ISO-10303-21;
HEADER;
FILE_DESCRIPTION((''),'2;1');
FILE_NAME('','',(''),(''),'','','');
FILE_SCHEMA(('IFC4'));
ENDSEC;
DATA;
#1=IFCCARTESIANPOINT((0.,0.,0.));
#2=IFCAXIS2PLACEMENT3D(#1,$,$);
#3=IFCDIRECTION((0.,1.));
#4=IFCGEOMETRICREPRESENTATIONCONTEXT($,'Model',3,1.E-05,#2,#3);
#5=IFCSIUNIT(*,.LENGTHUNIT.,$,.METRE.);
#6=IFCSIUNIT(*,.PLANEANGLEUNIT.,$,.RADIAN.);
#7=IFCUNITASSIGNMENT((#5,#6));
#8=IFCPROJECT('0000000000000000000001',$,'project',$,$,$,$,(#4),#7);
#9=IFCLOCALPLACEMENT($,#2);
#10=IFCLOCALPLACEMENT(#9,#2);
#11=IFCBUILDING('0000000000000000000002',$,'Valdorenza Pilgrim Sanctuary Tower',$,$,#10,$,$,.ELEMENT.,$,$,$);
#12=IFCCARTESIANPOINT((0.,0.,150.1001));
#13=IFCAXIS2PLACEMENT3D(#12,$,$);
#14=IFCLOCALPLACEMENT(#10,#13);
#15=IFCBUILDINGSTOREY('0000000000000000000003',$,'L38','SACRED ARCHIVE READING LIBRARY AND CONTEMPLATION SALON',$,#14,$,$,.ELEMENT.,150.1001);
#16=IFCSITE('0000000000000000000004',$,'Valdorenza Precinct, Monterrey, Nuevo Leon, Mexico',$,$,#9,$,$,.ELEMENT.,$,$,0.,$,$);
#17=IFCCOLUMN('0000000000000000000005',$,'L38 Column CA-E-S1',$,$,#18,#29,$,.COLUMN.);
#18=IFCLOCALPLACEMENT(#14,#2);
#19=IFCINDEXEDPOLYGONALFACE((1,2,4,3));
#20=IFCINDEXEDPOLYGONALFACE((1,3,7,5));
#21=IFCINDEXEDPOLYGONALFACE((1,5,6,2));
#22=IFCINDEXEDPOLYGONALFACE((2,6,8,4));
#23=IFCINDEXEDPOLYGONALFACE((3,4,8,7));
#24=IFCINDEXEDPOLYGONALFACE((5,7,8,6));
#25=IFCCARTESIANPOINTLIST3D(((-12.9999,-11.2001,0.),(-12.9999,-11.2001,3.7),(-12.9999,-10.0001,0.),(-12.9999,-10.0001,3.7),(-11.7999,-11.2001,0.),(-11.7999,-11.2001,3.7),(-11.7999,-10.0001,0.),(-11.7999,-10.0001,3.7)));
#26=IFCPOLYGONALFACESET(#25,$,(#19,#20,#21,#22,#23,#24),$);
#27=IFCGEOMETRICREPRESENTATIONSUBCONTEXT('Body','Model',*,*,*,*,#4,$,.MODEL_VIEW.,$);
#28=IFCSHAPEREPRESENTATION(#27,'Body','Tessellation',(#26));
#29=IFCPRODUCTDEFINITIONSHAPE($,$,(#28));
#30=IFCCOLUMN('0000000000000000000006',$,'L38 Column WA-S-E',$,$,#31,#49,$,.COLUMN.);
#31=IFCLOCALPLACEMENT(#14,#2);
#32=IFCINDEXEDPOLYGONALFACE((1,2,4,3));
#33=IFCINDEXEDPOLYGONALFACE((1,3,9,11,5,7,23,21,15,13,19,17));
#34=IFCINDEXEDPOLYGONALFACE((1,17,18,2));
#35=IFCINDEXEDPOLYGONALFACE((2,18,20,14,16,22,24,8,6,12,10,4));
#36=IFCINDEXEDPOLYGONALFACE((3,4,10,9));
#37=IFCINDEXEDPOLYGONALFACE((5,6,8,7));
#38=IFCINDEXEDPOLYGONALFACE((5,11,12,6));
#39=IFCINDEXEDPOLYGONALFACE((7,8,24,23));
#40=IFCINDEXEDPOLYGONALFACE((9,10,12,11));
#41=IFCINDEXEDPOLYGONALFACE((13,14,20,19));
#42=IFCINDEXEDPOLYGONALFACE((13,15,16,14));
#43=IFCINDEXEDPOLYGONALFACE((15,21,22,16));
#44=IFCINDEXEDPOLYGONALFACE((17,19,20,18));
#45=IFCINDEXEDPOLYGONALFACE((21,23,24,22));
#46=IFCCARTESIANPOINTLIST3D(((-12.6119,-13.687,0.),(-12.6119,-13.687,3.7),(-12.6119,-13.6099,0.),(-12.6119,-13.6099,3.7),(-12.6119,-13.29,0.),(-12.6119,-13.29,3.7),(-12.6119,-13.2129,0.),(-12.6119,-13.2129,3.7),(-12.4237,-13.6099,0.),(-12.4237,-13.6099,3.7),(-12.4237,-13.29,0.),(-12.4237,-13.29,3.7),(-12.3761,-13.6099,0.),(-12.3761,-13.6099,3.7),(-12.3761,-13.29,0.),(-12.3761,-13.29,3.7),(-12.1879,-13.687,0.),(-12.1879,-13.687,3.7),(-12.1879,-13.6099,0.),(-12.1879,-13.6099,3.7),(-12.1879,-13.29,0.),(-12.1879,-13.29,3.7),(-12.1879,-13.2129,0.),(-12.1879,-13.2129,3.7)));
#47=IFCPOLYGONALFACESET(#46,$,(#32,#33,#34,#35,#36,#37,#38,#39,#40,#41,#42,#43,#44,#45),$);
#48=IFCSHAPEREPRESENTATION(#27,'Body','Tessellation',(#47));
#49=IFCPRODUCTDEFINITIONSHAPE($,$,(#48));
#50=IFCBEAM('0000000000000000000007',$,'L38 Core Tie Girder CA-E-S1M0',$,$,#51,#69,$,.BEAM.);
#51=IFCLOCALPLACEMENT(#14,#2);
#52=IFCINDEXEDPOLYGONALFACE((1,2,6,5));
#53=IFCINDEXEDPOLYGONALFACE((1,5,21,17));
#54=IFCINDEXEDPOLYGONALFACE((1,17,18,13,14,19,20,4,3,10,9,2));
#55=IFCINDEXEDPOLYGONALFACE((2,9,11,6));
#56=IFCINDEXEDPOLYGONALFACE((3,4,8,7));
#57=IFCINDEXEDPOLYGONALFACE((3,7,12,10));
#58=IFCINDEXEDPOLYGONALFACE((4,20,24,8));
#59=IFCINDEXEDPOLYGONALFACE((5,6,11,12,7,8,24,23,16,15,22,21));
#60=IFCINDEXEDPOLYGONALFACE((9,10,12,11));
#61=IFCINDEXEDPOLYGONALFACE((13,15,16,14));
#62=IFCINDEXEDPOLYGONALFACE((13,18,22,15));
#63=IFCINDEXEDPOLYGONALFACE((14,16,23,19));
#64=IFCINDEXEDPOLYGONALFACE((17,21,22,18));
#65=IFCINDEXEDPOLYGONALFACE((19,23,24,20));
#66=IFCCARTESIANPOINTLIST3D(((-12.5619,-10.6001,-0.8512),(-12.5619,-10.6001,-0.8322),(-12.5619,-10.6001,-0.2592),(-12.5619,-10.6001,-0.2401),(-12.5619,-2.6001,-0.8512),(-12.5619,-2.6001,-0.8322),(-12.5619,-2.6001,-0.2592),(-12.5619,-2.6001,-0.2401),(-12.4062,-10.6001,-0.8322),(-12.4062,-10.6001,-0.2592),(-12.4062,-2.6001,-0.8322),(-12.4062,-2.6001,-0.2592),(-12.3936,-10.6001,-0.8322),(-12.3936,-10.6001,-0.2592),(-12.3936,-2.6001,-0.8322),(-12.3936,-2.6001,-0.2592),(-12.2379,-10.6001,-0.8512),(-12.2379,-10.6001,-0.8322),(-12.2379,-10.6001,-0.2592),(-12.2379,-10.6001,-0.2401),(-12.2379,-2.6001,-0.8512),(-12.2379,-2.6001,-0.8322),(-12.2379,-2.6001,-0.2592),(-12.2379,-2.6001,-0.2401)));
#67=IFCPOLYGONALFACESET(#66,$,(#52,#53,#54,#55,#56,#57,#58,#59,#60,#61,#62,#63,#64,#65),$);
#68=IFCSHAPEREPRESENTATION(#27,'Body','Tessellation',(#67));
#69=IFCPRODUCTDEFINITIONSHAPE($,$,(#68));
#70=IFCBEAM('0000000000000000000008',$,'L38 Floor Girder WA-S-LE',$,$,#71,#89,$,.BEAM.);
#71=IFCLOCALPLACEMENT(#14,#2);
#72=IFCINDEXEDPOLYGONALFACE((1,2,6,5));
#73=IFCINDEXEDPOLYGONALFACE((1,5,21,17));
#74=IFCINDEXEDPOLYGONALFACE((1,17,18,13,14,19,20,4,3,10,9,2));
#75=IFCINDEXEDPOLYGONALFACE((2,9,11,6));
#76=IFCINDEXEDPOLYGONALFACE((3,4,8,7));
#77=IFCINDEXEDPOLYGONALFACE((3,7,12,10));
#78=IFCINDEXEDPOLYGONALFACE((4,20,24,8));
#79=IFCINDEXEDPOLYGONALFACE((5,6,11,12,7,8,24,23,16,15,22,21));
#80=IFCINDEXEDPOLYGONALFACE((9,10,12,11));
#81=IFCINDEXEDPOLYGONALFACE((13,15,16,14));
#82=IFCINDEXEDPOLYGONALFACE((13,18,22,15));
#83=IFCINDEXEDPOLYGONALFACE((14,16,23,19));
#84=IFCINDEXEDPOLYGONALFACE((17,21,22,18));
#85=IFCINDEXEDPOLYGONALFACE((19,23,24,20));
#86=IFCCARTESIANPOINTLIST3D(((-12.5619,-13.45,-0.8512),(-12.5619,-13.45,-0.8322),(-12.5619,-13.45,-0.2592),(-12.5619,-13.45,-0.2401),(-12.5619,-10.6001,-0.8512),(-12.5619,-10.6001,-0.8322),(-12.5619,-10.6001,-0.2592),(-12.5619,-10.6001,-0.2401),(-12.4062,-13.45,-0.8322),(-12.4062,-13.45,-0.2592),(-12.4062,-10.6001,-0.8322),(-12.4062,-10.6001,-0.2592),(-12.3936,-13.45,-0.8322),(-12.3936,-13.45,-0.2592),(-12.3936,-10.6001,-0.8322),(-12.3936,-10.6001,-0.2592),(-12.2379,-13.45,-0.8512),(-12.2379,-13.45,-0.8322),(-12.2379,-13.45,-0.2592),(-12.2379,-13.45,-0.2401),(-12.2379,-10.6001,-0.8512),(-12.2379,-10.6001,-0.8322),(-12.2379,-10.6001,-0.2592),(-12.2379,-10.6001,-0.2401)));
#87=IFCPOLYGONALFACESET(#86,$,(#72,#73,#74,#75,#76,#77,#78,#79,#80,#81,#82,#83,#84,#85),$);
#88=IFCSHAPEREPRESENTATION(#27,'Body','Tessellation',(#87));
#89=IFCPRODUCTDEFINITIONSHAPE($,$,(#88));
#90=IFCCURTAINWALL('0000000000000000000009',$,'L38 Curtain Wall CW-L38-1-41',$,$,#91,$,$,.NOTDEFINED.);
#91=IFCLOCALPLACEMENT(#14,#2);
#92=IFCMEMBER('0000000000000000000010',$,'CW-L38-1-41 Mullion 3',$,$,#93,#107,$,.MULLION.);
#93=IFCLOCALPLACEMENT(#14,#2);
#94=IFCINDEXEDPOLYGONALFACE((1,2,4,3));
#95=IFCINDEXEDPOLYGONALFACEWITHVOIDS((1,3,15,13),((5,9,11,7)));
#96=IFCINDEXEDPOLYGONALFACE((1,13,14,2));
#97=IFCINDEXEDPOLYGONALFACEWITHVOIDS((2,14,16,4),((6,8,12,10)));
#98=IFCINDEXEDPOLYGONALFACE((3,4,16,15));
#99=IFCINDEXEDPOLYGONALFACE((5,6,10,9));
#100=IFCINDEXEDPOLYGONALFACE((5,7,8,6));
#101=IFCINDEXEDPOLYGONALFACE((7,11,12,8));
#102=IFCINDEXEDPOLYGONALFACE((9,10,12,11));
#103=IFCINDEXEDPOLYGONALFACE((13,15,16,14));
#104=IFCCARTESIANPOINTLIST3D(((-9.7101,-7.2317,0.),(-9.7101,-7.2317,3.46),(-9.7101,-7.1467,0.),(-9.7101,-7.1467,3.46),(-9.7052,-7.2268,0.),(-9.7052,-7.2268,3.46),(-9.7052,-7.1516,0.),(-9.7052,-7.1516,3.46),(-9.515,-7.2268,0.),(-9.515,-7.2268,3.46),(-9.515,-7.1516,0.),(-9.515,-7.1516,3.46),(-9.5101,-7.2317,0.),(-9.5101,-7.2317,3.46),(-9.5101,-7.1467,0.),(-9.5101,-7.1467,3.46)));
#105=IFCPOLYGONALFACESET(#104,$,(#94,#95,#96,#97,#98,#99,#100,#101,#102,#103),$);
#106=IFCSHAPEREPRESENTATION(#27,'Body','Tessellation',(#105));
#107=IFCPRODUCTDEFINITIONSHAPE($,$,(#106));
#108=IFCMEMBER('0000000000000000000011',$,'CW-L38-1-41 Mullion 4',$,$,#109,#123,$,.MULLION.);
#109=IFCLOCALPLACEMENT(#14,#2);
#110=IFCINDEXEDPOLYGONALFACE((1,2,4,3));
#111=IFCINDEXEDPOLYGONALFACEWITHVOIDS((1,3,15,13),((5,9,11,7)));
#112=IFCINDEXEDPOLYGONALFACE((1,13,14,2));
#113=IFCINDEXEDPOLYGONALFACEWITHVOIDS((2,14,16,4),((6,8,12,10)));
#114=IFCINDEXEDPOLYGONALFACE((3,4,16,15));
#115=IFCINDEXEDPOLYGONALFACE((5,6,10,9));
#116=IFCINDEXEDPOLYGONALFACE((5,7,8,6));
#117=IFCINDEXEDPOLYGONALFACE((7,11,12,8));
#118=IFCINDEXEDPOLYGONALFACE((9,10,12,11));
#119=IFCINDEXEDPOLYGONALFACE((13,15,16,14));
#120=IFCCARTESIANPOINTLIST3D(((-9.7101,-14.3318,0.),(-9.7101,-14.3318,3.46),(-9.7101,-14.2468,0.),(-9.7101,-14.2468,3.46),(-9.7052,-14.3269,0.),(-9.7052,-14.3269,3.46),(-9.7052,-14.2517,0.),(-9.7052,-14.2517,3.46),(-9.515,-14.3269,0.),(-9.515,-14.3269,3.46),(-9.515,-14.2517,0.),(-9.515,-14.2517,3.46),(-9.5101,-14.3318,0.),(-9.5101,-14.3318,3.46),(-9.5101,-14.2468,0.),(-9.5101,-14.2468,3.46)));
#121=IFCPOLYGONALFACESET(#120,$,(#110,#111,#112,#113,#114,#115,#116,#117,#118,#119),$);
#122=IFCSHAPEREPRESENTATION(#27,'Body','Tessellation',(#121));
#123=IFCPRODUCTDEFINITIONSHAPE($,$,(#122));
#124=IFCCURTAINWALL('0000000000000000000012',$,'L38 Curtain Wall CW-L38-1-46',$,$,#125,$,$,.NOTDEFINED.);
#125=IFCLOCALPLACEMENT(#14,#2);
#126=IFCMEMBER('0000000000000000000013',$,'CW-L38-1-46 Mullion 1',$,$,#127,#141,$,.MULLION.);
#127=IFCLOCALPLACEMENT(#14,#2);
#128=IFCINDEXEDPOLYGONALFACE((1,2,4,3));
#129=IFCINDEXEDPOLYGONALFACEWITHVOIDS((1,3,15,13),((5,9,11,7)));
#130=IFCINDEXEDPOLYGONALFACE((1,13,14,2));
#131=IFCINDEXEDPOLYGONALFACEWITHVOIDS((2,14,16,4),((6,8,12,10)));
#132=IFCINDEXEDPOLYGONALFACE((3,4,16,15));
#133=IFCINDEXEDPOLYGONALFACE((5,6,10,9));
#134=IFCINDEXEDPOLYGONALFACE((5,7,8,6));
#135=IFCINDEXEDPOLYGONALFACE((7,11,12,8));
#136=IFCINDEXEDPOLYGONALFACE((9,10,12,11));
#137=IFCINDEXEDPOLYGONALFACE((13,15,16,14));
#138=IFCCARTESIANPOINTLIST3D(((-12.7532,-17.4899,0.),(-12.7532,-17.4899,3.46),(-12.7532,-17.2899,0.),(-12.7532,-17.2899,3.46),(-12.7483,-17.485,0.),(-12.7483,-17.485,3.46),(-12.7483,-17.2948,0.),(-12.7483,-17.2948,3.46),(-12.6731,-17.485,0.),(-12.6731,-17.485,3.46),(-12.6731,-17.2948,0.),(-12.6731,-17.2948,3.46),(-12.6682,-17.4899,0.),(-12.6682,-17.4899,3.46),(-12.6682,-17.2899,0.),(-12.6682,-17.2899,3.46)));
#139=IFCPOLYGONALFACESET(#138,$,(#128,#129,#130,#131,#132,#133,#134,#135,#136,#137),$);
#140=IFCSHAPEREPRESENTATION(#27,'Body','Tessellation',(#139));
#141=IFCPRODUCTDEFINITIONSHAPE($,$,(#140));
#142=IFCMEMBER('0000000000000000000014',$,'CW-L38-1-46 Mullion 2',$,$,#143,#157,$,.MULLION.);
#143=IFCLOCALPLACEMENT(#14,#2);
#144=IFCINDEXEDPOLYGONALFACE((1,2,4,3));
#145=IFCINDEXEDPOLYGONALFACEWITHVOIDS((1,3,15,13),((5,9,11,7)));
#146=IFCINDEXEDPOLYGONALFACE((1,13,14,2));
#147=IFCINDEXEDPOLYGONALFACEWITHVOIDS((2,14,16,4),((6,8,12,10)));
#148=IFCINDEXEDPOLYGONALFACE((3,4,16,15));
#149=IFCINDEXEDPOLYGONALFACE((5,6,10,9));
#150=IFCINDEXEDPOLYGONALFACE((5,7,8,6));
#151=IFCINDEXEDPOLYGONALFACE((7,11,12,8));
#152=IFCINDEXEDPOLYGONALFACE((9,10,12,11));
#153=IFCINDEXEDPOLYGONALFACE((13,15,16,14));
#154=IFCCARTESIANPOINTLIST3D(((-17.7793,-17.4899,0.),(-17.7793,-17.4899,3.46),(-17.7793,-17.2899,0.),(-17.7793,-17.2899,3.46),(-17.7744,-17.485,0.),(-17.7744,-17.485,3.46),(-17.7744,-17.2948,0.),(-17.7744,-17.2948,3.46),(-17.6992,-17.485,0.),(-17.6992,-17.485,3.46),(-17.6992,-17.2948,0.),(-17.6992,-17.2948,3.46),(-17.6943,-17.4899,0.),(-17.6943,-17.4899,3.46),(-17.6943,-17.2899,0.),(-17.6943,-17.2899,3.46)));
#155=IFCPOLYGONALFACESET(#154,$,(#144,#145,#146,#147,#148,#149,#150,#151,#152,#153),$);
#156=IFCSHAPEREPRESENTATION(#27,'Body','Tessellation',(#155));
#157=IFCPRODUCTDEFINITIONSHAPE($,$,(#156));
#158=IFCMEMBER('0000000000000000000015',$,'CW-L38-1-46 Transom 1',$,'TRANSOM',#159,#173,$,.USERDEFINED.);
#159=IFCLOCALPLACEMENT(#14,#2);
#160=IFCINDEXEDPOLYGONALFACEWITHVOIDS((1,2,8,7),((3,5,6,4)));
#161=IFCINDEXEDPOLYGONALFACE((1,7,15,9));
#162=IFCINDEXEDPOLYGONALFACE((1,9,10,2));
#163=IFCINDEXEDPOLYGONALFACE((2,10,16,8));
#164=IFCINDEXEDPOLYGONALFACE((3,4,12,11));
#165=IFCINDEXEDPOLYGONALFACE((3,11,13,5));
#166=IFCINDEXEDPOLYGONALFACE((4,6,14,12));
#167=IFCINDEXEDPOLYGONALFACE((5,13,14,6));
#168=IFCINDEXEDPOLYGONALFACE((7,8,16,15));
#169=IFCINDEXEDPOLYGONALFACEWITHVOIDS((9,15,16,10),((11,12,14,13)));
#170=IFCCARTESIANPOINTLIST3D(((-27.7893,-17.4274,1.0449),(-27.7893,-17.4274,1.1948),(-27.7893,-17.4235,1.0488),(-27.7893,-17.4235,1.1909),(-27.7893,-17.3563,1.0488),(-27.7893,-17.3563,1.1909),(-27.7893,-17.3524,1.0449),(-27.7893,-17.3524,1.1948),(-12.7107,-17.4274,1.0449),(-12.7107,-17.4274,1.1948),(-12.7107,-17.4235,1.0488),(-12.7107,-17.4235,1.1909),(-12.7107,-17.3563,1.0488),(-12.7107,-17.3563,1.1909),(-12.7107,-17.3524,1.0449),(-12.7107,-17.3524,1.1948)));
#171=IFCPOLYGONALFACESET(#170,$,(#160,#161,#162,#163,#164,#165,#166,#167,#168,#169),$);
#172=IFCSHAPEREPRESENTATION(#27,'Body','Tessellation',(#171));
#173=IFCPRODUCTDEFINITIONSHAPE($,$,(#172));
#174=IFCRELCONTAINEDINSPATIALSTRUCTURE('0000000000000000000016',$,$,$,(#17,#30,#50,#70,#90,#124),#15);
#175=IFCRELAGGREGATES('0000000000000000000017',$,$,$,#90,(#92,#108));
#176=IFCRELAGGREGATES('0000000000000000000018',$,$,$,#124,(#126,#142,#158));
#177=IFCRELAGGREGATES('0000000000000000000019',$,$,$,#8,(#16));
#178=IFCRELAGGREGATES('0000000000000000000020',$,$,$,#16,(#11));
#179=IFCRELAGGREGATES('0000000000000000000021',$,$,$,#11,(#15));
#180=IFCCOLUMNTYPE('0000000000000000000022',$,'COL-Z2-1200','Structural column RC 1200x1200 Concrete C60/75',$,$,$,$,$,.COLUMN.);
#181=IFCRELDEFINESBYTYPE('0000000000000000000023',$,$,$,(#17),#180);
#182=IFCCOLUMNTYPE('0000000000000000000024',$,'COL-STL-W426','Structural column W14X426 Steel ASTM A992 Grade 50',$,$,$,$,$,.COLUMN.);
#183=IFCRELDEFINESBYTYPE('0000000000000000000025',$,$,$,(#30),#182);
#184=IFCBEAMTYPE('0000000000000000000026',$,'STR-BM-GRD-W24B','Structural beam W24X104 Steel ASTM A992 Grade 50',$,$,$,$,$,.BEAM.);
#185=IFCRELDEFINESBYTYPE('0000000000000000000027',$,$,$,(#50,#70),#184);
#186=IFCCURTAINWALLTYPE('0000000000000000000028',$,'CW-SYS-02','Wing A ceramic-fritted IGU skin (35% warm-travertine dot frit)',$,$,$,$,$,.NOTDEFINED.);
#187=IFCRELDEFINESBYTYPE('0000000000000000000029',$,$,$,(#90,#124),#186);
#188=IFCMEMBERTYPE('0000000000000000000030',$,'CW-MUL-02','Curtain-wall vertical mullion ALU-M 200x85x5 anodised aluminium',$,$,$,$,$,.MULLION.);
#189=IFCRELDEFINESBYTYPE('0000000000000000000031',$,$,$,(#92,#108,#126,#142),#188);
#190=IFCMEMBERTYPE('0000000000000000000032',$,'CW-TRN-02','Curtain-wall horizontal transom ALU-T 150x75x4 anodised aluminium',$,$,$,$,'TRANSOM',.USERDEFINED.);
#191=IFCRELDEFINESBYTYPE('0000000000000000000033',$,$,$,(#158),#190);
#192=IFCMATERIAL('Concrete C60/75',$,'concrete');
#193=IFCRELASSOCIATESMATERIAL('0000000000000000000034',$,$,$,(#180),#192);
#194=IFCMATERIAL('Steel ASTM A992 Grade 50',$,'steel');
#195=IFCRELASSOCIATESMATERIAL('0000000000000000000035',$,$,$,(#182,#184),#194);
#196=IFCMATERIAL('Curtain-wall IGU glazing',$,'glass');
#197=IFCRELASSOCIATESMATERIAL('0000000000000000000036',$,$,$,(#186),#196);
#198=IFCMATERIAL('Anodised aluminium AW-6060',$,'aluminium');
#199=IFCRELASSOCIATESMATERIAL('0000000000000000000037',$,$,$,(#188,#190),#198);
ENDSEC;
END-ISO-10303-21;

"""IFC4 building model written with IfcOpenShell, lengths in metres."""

from ifc_helpers import new_model, si_unit, direction, frame, origin, origin_2d, place, context, subcontext, project, spatial, rectangle, hollow_rectangle, i_section, extrude, source, transform, mapped, material, material_profile, profile_set, type_object, element, aggregate, save


model = new_model("IFC4")

# Units and contexts
model_context = context("Model", 3, precision=1e-05, world=origin(), true_north=direction((0.0, 1.0)))
body_context = subcontext(model_context, "Body", "Model", "MODEL_VIEW")
ifc_project = project(units=[si_unit("LENGTHUNIT", "METRE"), si_unit("PLANEANGLEUNIT", "RADIAN")], contexts=[model_context])

# Site, building, storey
site_placement = place(None, origin())
site = spatial("IfcSite", under=ifc_project, at=site_placement, Name="Valdorenza Precinct, Monterrey, Nuevo Leon, Mexico", CompositionType="ELEMENT", RefElevation=0.0)
building_placement = place(site_placement, origin())
building = spatial("IfcBuilding", under=site, at=building_placement, Name="Valdorenza Pilgrim Sanctuary Tower", CompositionType="ELEMENT")
storey_placement = place(building_placement, frame((0.0, 0.0, 150.1001)))
storey = spatial("IfcBuildingStorey", under=building, at=storey_placement, Name="L38", Description="SACRED ARCHIVE READING LIBRARY AND CONTEMPLATION SALON", CompositionType="ELEMENT", Elevation=150.1001)

# Columns
ifc_material_1 = material(Name="Concrete C60/75", Category="concrete")
ifc_material_profile_1 = material_profile(ifc_material_1, rectangle(XDim=1.2, YDim=1.2, at=origin_2d()), Name="RC 1200x1200")
ifc_profile_set_1 = profile_set([ifc_material_profile_1], Name="Concrete C60/75")
column_type_1 = type_object("IfcColumnType", Name="COL-Z2-1200", Description="Structural column RC 1200x1200 Concrete C60/75", PredefinedType="COLUMN", material=ifc_profile_set_1)
shared_shape_1 = source(origin(), body_context, "Body", "SweptSolid", [
    extrude(rectangle(XDim=1.2, YDim=1.2, at=origin_2d()), origin(), (0.0, 0.0, 1.0), 3.7),
])
column_1_placement = place(storey_placement, frame((-12.3999, -10.6001, 0.0), z_axis=(0.0, 0.0, 1.0), x_axis=(1.0, 0.0, 0.0)))
element("IfcColumn", 1, at=column_1_placement, inside=storey, type_object=column_type_1, Name="L38 Column CA-E-S1", PredefinedType="COLUMN", context=body_context, shape_type="MappedRepresentation", body=[
    mapped(shared_shape_1, transform((0.0, 0.0, 0.0), x_axis=(1.0, 0.0, 0.0), y_axis=(0.0, 1.0, 0.0), z_axis=(0.0, 0.0, 1.0), scale=1.0)),
])
ifc_material_2 = material(Name="Steel ASTM A992 Grade 50", Category="steel")
ifc_material_profile_2 = material_profile(ifc_material_2, i_section(OverallWidth=0.4241, OverallDepth=0.4741, WebThickness=0.0476, FlangeThickness=0.0771, at=origin_2d()), Name="W14X426")
ifc_profile_set_2 = profile_set([ifc_material_profile_2], Name="Steel ASTM A992 Grade 50")
column_type_2 = type_object("IfcColumnType", Name="COL-STL-W426", Description="Structural column W14X426 Steel ASTM A992 Grade 50", PredefinedType="COLUMN", material=ifc_profile_set_2)
shared_shape_2 = source(origin(), body_context, "Body", "SweptSolid", [
    extrude(i_section(OverallWidth=0.4241, OverallDepth=0.4741, WebThickness=0.0476, FlangeThickness=0.0771, at=origin_2d()), origin(), (0.0, 0.0, 1.0), 3.7),
])
column_2_placement = place(storey_placement, frame((-12.3999, -13.45, 0.0), z_axis=(0.0, 0.0, 1.0), x_axis=(1.0, 0.0, 0.0)))
element("IfcColumn", 2, at=column_2_placement, inside=storey, type_object=column_type_2, Name="L38 Column WA-S-E", PredefinedType="COLUMN", context=body_context, shape_type="MappedRepresentation", body=[
    mapped(shared_shape_2, transform((0.0, 0.0, 0.0), x_axis=(1.0, 0.0, 0.0), y_axis=(0.0, 1.0, 0.0), z_axis=(0.0, 0.0, 1.0), scale=1.0)),
])

# Beams
ifc_material_profile_3 = material_profile(ifc_material_2, i_section(OverallWidth=0.324, OverallDepth=0.6111, WebThickness=0.0127, FlangeThickness=0.019, at=origin_2d()), Name="W24X104")
ifc_profile_set_3 = profile_set([ifc_material_profile_3], Name="Steel ASTM A992 Grade 50")
beam_type = type_object("IfcBeamType", Name="STR-BM-GRD-W24B", Description="Structural beam W24X104 Steel ASTM A992 Grade 50", PredefinedType="BEAM", material=ifc_profile_set_3)
shared_shape_3 = source(origin(), body_context, "Body", "SweptSolid", [
    extrude(i_section(OverallWidth=0.324, OverallDepth=0.6111, WebThickness=0.0127, FlangeThickness=0.019, at=origin_2d()), origin(), (0.0, 0.0, 1.0), 8.0),
])
beam_1_placement = place(storey_placement, frame((-12.3999, -10.6001, -0.5457), z_axis=(0.0, 1.0, 0.0), x_axis=(-1.0, 0.0, 0.0)))
element("IfcBeam", 3, at=beam_1_placement, inside=storey, type_object=beam_type, Name="L38 Core Tie Girder CA-E-S1M0", PredefinedType="BEAM", context=body_context, shape_type="MappedRepresentation", body=[
    mapped(shared_shape_3, transform((0.0, 0.0, 0.0), x_axis=(1.0, 0.0, 0.0), y_axis=(0.0, 1.0, 0.0), z_axis=(0.0, 0.0, 1.0), scale=1.0)),
])
shared_shape_4 = source(origin(), body_context, "Body", "SweptSolid", [
    extrude(i_section(OverallWidth=0.324, OverallDepth=0.6111, WebThickness=0.0127, FlangeThickness=0.019, at=origin_2d()), origin(), (0.0, 0.0, 1.0), 2.8499),
])
beam_2_placement = place(storey_placement, frame((-12.3999, -13.45, -0.5457), z_axis=(0.0, 1.0, 0.0), x_axis=(-1.0, 0.0, 0.0)))
element("IfcBeam", 4, at=beam_2_placement, inside=storey, type_object=beam_type, Name="L38 Floor Girder WA-S-LE", PredefinedType="BEAM", context=body_context, shape_type="MappedRepresentation", body=[
    mapped(shared_shape_4, transform((0.0, 0.0, 0.0), x_axis=(1.0, 0.0, 0.0), y_axis=(0.0, 1.0, 0.0), z_axis=(0.0, 0.0, 1.0), scale=1.0)),
])

# Curtain walls, members
ifc_material_3 = material(Name="Curtain-wall IGU glazing", Category="glass")
curtain_wall_type = type_object("IfcCurtainWallType", Name="CW-SYS-02", Description="Wing A ceramic-fritted IGU skin (35% warm-travertine dot frit)", PredefinedType="NOTDEFINED", material=ifc_material_3)
curtain_wall_1_placement = place(storey_placement, origin())
curtain_wall_1 = element("IfcCurtainWall", 5, at=curtain_wall_1_placement, inside=storey, type_object=curtain_wall_type, Name="L38 Curtain Wall CW-L38-1-41", PredefinedType="NOTDEFINED")
ifc_material_4 = material(Name="Anodised aluminium AW-6060", Category="aluminium")
ifc_material_profile_4 = material_profile(ifc_material_4, hollow_rectangle(XDim=0.085, YDim=0.2, WallThickness=0.0049, at=origin_2d()), Name="ALU-M 200x85x5")
ifc_profile_set_4 = profile_set([ifc_material_profile_4], Name="Anodised aluminium AW-6060")
member_type_1 = type_object("IfcMemberType", Name="CW-MUL-02", Description="Curtain-wall vertical mullion ALU-M 200x85x5 anodised aluminium", PredefinedType="MULLION", material=ifc_profile_set_4)
shared_shape_5 = source(origin(), body_context, "Body", "SweptSolid", [
    extrude(hollow_rectangle(XDim=0.085, YDim=0.2, WallThickness=0.0049, at=origin_2d()), origin(), (0.0, 0.0, 1.0), 3.46),
])
member_1_placement = place(storey_placement, frame((-9.6101, -7.1892, 0.0), z_axis=(0.0, 0.0, 1.0), x_axis=(0.0, -1.0, 0.0)))
member_1 = element("IfcMember", 6, at=member_1_placement, type_object=member_type_1, Name="CW-L38-1-41 Mullion 3", PredefinedType="MULLION", context=body_context, shape_type="MappedRepresentation", body=[
    mapped(shared_shape_5, transform((0.0, 0.0, 0.0), x_axis=(1.0, 0.0, 0.0), y_axis=(0.0, 1.0, 0.0), z_axis=(0.0, 0.0, 1.0), scale=1.0)),
])
member_2_placement = place(storey_placement, frame((-9.6101, -14.2893, 0.0), z_axis=(0.0, 0.0, 1.0), x_axis=(0.0, -1.0, 0.0)))
member_2 = element("IfcMember", 7, at=member_2_placement, type_object=member_type_1, Name="CW-L38-1-41 Mullion 4", PredefinedType="MULLION", context=body_context, shape_type="MappedRepresentation", body=[
    mapped(shared_shape_5, transform((0.0, 0.0, 0.0), x_axis=(1.0, 0.0, 0.0), y_axis=(0.0, 1.0, 0.0), z_axis=(0.0, 0.0, 1.0), scale=1.0)),
])
curtain_wall_2_placement = place(storey_placement, origin())
curtain_wall_2 = element("IfcCurtainWall", 8, at=curtain_wall_2_placement, inside=storey, type_object=curtain_wall_type, Name="L38 Curtain Wall CW-L38-1-46", PredefinedType="NOTDEFINED")
member_3_placement = place(storey_placement, frame((-12.7107, -17.3899, 0.0), z_axis=(0.0, 0.0, 1.0), x_axis=(-1.0, 0.0, 0.0)))
member_3 = element("IfcMember", 9, at=member_3_placement, type_object=member_type_1, Name="CW-L38-1-46 Mullion 1", PredefinedType="MULLION", context=body_context, shape_type="MappedRepresentation", body=[
    mapped(shared_shape_5, transform((0.0, 0.0, 0.0), x_axis=(1.0, 0.0, 0.0), y_axis=(0.0, 1.0, 0.0), z_axis=(0.0, 0.0, 1.0), scale=1.0)),
])
member_4_placement = place(storey_placement, frame((-17.7368, -17.3899, 0.0), z_axis=(0.0, 0.0, 1.0), x_axis=(-1.0, 0.0, 0.0)))
member_4 = element("IfcMember", 10, at=member_4_placement, type_object=member_type_1, Name="CW-L38-1-46 Mullion 2", PredefinedType="MULLION", context=body_context, shape_type="MappedRepresentation", body=[
    mapped(shared_shape_5, transform((0.0, 0.0, 0.0), x_axis=(1.0, 0.0, 0.0), y_axis=(0.0, 1.0, 0.0), z_axis=(0.0, 0.0, 1.0), scale=1.0)),
])
ifc_material_profile_5 = material_profile(ifc_material_4, hollow_rectangle(XDim=0.075, YDim=0.1499, WallThickness=0.0039, at=origin_2d()), Name="ALU-T 150x75x4")
ifc_profile_set_5 = profile_set([ifc_material_profile_5], Name="Anodised aluminium AW-6060")
member_type_2 = type_object("IfcMemberType", Name="CW-TRN-02", Description="Curtain-wall horizontal transom ALU-T 150x75x4 anodised aluminium", ElementType="TRANSOM", PredefinedType="USERDEFINED", material=ifc_profile_set_5)
shared_shape_6 = source(origin(), body_context, "Body", "SweptSolid", [
    extrude(hollow_rectangle(XDim=0.075, YDim=0.1499, WallThickness=0.0039, at=origin_2d()), origin(), (0.0, 0.0, 1.0), 15.0786),
])
member_5_placement = place(storey_placement, frame((-12.7107, -17.3899, 1.1199), z_axis=(-1.0, 0.0, 0.0), x_axis=(0.0, -1.0, 0.0)))
member_5 = element("IfcMember", 11, at=member_5_placement, type_object=member_type_2, Name="CW-L38-1-46 Transom 1", ObjectType="TRANSOM", PredefinedType="USERDEFINED", context=body_context, shape_type="MappedRepresentation", body=[
    mapped(shared_shape_6, transform((0.0, 0.0, 0.0), x_axis=(1.0, 0.0, 0.0), y_axis=(0.0, 1.0, 0.0), z_axis=(0.0, 0.0, 1.0), scale=1.0)),
])

aggregate(curtain_wall_1, [member_1, member_2])
aggregate(curtain_wall_2, [member_3, member_4, member_5])

save(model, "model.ifc")
